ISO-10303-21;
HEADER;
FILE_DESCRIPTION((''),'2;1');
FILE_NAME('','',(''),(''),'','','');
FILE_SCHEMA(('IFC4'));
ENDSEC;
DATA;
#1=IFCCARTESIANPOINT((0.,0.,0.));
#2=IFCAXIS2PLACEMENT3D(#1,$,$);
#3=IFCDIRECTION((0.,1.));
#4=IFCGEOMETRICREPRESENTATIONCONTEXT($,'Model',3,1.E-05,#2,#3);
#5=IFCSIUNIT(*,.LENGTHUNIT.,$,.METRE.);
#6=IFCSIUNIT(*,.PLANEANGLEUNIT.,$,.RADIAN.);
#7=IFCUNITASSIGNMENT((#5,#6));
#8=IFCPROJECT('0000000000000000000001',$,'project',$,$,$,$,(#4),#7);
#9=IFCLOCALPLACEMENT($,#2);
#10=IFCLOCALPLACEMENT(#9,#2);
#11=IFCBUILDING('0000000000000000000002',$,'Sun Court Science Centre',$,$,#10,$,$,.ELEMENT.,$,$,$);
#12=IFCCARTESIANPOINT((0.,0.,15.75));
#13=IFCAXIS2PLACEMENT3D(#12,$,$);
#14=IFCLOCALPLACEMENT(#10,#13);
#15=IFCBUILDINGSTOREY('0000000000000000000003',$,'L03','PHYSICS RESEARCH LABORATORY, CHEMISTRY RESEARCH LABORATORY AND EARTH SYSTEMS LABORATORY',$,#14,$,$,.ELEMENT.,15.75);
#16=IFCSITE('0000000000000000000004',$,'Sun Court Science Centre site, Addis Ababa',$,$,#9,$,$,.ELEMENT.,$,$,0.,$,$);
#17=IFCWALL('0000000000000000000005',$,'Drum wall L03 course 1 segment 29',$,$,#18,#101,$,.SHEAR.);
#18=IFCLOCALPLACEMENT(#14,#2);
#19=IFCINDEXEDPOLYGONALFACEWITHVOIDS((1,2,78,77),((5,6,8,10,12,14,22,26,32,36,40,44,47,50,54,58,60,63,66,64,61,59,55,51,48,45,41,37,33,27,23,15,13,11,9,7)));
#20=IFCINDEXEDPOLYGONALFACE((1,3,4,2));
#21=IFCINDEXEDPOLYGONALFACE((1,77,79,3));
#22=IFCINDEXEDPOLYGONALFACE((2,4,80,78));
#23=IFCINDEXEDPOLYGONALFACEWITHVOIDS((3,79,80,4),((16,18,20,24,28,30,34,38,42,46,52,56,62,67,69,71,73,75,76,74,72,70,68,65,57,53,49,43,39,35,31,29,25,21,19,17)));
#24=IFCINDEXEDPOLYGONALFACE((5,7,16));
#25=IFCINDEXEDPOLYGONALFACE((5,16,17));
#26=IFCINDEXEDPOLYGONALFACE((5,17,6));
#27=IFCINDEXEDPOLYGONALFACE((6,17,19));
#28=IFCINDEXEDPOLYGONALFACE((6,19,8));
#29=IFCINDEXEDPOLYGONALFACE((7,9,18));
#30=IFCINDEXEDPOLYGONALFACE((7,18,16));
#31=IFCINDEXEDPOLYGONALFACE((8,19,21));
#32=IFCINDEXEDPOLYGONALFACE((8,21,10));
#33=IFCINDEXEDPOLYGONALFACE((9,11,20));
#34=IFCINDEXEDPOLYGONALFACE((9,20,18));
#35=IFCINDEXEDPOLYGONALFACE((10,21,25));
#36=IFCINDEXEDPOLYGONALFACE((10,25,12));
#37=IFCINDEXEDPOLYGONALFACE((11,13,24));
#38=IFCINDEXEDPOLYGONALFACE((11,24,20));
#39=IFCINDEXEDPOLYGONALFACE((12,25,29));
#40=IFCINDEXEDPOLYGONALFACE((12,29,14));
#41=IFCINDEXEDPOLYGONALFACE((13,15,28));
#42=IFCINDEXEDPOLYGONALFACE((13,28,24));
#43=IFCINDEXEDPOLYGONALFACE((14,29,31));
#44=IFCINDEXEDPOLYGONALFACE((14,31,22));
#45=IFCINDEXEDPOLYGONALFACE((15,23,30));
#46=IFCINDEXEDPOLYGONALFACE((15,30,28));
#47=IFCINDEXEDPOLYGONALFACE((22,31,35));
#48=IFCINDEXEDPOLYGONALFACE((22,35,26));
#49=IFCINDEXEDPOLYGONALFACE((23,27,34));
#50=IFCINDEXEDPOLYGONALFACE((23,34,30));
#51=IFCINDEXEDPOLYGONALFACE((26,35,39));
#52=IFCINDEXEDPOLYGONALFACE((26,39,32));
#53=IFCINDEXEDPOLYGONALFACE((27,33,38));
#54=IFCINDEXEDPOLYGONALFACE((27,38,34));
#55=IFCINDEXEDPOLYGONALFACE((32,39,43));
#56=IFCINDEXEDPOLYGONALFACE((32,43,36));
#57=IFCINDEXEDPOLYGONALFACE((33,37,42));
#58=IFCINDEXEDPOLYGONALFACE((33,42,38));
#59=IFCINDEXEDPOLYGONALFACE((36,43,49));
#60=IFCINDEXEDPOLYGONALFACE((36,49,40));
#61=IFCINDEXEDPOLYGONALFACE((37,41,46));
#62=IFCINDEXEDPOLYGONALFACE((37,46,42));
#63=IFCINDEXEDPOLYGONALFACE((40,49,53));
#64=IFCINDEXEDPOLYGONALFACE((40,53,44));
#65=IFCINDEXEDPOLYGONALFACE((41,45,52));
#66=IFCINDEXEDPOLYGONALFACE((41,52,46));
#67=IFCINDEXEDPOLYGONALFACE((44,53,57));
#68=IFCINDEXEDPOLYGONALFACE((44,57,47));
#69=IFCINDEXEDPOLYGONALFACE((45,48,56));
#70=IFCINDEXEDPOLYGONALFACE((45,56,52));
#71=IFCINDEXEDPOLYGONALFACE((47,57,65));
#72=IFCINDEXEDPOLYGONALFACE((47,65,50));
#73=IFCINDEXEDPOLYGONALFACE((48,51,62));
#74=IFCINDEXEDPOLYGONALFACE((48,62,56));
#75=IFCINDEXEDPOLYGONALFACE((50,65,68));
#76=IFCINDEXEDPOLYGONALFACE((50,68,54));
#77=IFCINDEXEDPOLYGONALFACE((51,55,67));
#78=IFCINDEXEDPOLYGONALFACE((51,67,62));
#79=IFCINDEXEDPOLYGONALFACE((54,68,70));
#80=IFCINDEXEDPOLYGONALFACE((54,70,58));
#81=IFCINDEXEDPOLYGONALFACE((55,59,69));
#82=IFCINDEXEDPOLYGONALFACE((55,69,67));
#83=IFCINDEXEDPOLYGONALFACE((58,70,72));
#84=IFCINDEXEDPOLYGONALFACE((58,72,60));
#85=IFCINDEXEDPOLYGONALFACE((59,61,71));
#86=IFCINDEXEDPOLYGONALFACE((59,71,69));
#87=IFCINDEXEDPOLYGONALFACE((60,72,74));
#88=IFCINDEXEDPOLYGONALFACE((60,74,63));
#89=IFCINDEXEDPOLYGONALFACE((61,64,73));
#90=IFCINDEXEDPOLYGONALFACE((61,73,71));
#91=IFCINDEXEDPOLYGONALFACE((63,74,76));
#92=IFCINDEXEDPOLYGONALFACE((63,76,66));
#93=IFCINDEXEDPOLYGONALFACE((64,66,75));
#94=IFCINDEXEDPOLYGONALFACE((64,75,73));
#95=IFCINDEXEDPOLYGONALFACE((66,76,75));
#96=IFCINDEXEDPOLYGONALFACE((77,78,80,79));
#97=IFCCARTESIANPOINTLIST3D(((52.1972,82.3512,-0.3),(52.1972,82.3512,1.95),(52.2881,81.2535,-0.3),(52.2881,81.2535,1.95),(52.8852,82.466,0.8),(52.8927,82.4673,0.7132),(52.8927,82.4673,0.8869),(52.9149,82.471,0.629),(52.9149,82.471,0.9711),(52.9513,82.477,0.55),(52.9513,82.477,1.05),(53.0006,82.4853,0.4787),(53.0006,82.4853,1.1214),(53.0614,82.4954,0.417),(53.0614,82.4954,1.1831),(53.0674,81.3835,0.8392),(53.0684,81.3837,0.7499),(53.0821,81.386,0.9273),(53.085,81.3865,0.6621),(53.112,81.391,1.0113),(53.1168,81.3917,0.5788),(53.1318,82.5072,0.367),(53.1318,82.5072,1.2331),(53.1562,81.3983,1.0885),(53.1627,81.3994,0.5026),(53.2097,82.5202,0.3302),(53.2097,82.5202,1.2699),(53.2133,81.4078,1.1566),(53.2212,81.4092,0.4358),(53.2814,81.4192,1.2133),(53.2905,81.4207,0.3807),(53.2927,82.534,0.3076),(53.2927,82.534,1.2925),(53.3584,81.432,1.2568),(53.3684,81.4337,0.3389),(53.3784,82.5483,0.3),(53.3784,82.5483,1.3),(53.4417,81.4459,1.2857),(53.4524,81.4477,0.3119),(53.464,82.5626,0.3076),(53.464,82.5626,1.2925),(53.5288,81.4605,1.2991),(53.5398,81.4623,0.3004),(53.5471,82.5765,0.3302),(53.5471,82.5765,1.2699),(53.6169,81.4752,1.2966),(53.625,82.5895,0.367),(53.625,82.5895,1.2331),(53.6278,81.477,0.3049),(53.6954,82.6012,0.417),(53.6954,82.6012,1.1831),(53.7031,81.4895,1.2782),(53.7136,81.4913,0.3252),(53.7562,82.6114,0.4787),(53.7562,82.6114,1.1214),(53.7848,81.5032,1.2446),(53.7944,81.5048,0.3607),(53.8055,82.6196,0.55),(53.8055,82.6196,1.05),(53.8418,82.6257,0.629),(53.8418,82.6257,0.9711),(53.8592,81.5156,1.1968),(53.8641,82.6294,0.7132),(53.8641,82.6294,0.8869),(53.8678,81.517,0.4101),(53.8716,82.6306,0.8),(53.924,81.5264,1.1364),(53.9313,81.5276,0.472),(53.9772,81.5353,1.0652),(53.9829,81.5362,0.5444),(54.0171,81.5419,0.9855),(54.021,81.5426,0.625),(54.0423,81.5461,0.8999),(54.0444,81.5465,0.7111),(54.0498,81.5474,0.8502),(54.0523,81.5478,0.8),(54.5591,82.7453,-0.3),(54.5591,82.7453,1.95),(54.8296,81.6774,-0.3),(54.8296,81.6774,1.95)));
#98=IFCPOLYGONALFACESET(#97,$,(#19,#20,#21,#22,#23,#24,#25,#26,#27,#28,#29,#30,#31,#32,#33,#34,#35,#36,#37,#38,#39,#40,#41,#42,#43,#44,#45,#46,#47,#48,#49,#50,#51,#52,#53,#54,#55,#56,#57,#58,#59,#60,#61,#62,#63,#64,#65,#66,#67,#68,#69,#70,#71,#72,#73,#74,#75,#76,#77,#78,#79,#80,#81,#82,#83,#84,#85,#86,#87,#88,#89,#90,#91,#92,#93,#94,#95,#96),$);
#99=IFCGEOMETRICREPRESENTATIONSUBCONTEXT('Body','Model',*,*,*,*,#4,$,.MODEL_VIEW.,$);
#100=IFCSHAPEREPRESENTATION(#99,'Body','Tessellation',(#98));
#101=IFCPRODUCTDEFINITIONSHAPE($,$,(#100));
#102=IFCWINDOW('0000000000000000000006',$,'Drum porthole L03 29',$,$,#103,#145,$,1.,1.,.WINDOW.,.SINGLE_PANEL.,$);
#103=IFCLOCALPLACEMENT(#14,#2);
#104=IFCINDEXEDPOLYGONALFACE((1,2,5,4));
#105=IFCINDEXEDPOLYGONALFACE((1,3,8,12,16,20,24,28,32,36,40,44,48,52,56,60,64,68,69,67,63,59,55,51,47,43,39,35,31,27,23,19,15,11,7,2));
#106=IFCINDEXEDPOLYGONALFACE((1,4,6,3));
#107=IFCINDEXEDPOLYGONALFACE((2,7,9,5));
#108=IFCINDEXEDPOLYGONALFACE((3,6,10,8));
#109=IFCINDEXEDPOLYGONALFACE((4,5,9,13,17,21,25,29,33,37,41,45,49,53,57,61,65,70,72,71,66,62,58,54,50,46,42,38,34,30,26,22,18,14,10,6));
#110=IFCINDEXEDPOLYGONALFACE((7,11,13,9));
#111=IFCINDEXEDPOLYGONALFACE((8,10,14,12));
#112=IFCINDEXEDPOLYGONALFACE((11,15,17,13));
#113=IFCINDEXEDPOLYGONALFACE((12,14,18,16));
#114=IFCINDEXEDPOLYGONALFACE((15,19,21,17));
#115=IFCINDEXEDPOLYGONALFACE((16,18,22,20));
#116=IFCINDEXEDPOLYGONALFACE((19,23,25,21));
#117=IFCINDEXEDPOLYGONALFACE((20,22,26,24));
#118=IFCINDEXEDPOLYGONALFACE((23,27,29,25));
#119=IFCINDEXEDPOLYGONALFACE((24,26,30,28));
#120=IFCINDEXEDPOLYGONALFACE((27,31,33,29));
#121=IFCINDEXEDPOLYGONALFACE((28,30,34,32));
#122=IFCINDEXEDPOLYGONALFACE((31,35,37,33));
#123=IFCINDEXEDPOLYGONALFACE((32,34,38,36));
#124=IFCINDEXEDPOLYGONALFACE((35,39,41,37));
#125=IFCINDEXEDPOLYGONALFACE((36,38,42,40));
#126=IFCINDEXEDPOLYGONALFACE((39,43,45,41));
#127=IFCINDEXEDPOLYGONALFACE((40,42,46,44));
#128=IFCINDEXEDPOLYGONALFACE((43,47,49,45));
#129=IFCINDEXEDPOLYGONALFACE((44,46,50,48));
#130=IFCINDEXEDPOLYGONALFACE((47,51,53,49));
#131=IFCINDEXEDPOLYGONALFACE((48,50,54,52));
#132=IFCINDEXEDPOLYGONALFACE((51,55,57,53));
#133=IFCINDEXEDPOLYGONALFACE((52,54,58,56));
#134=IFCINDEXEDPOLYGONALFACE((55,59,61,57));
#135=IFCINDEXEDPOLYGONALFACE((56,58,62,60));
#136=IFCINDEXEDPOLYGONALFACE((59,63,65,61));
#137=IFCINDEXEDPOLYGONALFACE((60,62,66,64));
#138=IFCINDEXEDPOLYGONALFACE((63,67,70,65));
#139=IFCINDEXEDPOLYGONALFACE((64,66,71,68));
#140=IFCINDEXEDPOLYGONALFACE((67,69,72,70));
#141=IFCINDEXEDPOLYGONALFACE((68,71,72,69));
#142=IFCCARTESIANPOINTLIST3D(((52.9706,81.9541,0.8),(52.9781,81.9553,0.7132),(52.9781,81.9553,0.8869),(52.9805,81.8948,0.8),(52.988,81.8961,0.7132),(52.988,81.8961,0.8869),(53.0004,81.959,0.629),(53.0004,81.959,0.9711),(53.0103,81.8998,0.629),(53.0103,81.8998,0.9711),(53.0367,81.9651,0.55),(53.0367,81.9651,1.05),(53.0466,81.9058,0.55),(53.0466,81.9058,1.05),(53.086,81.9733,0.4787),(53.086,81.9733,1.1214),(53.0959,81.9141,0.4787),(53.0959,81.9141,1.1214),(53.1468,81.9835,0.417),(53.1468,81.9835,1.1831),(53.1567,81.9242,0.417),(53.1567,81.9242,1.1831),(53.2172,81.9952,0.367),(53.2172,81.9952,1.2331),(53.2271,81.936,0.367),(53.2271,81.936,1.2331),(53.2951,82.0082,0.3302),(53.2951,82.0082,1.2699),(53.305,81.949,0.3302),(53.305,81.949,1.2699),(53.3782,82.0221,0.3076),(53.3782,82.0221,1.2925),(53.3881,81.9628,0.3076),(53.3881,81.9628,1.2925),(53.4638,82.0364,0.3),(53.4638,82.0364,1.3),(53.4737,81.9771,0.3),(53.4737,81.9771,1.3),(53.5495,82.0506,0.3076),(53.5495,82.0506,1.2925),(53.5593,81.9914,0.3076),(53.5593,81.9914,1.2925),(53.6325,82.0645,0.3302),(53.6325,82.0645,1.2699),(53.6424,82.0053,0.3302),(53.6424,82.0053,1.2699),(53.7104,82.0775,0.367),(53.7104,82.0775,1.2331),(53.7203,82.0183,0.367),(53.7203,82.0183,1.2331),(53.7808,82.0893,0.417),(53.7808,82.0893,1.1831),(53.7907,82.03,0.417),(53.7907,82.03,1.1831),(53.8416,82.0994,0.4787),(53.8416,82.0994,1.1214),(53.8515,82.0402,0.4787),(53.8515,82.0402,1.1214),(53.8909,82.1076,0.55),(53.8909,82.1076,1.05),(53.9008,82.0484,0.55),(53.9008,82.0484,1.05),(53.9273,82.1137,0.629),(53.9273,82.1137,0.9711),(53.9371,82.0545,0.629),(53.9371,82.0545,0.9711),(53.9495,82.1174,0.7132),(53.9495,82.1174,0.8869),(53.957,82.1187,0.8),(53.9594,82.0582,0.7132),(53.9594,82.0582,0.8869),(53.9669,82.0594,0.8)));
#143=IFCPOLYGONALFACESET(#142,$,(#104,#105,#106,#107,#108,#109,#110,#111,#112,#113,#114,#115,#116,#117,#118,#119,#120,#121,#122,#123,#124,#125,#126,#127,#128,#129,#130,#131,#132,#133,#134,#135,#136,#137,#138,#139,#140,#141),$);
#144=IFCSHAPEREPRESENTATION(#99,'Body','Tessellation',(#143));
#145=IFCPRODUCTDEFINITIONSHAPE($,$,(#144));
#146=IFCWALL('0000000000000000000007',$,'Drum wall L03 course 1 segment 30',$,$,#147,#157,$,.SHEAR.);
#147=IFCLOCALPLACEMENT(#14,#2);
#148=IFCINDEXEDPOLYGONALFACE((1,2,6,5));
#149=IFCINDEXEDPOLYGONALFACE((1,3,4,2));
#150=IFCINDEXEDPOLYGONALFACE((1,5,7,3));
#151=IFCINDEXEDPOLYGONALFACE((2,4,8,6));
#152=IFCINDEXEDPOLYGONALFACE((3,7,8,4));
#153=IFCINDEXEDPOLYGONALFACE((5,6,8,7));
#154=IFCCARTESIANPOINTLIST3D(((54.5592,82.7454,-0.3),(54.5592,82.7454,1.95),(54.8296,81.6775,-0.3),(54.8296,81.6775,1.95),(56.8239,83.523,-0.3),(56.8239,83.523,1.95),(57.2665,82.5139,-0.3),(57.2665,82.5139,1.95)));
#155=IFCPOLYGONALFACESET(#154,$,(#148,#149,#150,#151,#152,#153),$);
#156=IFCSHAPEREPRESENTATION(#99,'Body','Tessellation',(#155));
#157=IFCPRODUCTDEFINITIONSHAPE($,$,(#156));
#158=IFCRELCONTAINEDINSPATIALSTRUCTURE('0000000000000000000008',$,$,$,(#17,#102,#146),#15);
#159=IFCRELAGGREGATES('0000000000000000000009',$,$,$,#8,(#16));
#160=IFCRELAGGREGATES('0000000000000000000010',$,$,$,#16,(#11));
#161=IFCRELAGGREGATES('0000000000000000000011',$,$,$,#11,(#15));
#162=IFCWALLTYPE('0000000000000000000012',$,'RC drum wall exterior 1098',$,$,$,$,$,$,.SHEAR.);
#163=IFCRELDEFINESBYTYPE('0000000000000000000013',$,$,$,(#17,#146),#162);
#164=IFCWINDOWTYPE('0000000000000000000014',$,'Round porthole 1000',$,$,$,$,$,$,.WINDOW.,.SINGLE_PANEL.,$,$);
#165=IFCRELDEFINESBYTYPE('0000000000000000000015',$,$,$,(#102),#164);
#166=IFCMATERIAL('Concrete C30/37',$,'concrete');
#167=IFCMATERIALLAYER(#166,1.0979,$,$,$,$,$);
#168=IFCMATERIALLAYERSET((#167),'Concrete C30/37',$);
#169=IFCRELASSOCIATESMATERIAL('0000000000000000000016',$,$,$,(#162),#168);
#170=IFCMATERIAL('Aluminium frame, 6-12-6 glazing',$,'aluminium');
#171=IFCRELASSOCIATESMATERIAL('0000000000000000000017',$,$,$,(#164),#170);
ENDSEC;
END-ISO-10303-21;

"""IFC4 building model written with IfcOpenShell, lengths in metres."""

from ifc_helpers import new_model, si_unit, direction, frame, frame_2d, origin, place, context, subcontext, project, spatial, polyline, circle, outline, extrude, material, layer, layer_set, type_object, element, fill, save


model = new_model("IFC4")

# Units and contexts
model_context = context("Model", 3, precision=1e-05, world=origin(), true_north=direction((0.0, 1.0)))
body_context = subcontext(model_context, "Body", "Model", "MODEL_VIEW")
ifc_project = project(units=[si_unit("LENGTHUNIT", "METRE"), si_unit("PLANEANGLEUNIT", "RADIAN")], contexts=[model_context])

# Site, building, storey
site_placement = place(None, origin())
site = spatial("IfcSite", under=ifc_project, at=site_placement, Name="Sun Court Science Centre site, Addis Ababa", CompositionType="ELEMENT", RefElevation=0.0)
building_placement = place(site_placement, origin())
building = spatial("IfcBuilding", under=site, at=building_placement, Name="Sun Court Science Centre", CompositionType="ELEMENT")
storey_placement = place(building_placement, frame((0.0, 0.0, 15.75)))
storey = spatial("IfcBuildingStorey", under=building, at=storey_placement, Name="L03", Description="PHYSICS RESEARCH LABORATORY, CHEMISTRY RESEARCH LABORATORY AND EARTH SYSTEMS LABORATORY", CompositionType="ELEMENT", Elevation=15.75)

# Shared definitions
ifc_material_1 = material(Name="Concrete C30/37", Category="concrete")
ifc_layer_1 = layer(ifc_material_1, 1.0979)
ifc_layer_set_1 = layer_set([ifc_layer_1], Name="Concrete C30/37")
wall_type_1 = type_object("IfcWallType", Name="RC drum wall exterior 1098", PredefinedType="SHEAR", material=ifc_layer_set_1)
ifc_material_2 = material(Name="Aluminium frame, 6-12-6 glazing", Category="aluminium")
window_type = type_object("IfcWindowType", Name="Round porthole 1000", PartitioningType="SINGLE_PANEL", PredefinedType="WINDOW", material=ifc_material_2)

# Wall, opening, window
wall_1_placement = place(storey_placement, frame((52.198, 81.7947, -0.3), z_axis=(0.0, 0.0, 1.0), x_axis=(0.986361, 0.164599, 0.0)))
wall_1 = element("IfcWall", 1, at=wall_1_placement, inside=storey, type_object=wall_type_1, Name="Drum wall L03 course 1 segment 29", PredefinedType="SHEAR", context=body_context, shape_type="SweptSolid", body=[
    extrude(outline(polyline([(-0.0002, -0.5486), (2.5764, -0.5488), (2.4854, 0.5491), (0.0908, 0.5491), (-0.0002, -0.5486)])), origin(), (0.0, 0.0, 1.0), 2.25),
])
opening_1_placement = place(wall_1_placement, frame((0.7883, 0.0, 0.6001)))
opening_1 = element("IfcOpeningElement", 2, at=opening_1_placement, cuts=wall_1, PredefinedType="OPENING", context=body_context, shape_type="SweptSolid", body=[
    extrude(circle(Radius=0.5, at=frame_2d((0.5, 0.5))), frame((0.0, 0.5588, 0.0), z_axis=(0.0, -1.0, 0.0), x_axis=(1.0, 0.0, 0.0)), (0.0, 0.0, 1.0), 1.1179),
])
window_1_placement = place(opening_1_placement, origin())
window_1 = element("IfcWindow", 3, at=window_1_placement, inside=storey, type_object=window_type, Name="Drum porthole L03 29", OverallHeight=1.0, OverallWidth=1.0, PartitioningType="SINGLE_PANEL", PredefinedType="WINDOW", context=body_context, shape_type="SweptSolid", body=[
    extrude(circle(Radius=0.5, at=frame_2d((0.5, 0.5))), frame((0.0, 0.03, 0.0), z_axis=(0.0, -1.0, 0.0), x_axis=(1.0, 0.0, 0.0)), (0.0, 0.0, 1.0), 0.0601),
])
fill(opening_1, window_1)

# Wall
wall_2_placement = place(storey_placement, frame((54.6514, 82.1965, -0.3), z_axis=(0.0, 0.0, 1.0), x_axis=(0.945802, 0.324743, 0.0)))
element("IfcWall", 4, at=wall_2_placement, inside=storey, type_object=wall_type_1, Name="Drum wall L03 course 1 segment 30", PredefinedType="SHEAR", context=body_context, shape_type="SweptSolid", body=[
    extrude(outline(polyline([(0.0, -0.5488), (2.5764, -0.5491), (2.4856, 0.5491), (0.0911, 0.5491), (0.0, -0.5488)])), origin(), (0.0, 0.0, 1.0), 2.25),
])

save(model, "model.ifc")
